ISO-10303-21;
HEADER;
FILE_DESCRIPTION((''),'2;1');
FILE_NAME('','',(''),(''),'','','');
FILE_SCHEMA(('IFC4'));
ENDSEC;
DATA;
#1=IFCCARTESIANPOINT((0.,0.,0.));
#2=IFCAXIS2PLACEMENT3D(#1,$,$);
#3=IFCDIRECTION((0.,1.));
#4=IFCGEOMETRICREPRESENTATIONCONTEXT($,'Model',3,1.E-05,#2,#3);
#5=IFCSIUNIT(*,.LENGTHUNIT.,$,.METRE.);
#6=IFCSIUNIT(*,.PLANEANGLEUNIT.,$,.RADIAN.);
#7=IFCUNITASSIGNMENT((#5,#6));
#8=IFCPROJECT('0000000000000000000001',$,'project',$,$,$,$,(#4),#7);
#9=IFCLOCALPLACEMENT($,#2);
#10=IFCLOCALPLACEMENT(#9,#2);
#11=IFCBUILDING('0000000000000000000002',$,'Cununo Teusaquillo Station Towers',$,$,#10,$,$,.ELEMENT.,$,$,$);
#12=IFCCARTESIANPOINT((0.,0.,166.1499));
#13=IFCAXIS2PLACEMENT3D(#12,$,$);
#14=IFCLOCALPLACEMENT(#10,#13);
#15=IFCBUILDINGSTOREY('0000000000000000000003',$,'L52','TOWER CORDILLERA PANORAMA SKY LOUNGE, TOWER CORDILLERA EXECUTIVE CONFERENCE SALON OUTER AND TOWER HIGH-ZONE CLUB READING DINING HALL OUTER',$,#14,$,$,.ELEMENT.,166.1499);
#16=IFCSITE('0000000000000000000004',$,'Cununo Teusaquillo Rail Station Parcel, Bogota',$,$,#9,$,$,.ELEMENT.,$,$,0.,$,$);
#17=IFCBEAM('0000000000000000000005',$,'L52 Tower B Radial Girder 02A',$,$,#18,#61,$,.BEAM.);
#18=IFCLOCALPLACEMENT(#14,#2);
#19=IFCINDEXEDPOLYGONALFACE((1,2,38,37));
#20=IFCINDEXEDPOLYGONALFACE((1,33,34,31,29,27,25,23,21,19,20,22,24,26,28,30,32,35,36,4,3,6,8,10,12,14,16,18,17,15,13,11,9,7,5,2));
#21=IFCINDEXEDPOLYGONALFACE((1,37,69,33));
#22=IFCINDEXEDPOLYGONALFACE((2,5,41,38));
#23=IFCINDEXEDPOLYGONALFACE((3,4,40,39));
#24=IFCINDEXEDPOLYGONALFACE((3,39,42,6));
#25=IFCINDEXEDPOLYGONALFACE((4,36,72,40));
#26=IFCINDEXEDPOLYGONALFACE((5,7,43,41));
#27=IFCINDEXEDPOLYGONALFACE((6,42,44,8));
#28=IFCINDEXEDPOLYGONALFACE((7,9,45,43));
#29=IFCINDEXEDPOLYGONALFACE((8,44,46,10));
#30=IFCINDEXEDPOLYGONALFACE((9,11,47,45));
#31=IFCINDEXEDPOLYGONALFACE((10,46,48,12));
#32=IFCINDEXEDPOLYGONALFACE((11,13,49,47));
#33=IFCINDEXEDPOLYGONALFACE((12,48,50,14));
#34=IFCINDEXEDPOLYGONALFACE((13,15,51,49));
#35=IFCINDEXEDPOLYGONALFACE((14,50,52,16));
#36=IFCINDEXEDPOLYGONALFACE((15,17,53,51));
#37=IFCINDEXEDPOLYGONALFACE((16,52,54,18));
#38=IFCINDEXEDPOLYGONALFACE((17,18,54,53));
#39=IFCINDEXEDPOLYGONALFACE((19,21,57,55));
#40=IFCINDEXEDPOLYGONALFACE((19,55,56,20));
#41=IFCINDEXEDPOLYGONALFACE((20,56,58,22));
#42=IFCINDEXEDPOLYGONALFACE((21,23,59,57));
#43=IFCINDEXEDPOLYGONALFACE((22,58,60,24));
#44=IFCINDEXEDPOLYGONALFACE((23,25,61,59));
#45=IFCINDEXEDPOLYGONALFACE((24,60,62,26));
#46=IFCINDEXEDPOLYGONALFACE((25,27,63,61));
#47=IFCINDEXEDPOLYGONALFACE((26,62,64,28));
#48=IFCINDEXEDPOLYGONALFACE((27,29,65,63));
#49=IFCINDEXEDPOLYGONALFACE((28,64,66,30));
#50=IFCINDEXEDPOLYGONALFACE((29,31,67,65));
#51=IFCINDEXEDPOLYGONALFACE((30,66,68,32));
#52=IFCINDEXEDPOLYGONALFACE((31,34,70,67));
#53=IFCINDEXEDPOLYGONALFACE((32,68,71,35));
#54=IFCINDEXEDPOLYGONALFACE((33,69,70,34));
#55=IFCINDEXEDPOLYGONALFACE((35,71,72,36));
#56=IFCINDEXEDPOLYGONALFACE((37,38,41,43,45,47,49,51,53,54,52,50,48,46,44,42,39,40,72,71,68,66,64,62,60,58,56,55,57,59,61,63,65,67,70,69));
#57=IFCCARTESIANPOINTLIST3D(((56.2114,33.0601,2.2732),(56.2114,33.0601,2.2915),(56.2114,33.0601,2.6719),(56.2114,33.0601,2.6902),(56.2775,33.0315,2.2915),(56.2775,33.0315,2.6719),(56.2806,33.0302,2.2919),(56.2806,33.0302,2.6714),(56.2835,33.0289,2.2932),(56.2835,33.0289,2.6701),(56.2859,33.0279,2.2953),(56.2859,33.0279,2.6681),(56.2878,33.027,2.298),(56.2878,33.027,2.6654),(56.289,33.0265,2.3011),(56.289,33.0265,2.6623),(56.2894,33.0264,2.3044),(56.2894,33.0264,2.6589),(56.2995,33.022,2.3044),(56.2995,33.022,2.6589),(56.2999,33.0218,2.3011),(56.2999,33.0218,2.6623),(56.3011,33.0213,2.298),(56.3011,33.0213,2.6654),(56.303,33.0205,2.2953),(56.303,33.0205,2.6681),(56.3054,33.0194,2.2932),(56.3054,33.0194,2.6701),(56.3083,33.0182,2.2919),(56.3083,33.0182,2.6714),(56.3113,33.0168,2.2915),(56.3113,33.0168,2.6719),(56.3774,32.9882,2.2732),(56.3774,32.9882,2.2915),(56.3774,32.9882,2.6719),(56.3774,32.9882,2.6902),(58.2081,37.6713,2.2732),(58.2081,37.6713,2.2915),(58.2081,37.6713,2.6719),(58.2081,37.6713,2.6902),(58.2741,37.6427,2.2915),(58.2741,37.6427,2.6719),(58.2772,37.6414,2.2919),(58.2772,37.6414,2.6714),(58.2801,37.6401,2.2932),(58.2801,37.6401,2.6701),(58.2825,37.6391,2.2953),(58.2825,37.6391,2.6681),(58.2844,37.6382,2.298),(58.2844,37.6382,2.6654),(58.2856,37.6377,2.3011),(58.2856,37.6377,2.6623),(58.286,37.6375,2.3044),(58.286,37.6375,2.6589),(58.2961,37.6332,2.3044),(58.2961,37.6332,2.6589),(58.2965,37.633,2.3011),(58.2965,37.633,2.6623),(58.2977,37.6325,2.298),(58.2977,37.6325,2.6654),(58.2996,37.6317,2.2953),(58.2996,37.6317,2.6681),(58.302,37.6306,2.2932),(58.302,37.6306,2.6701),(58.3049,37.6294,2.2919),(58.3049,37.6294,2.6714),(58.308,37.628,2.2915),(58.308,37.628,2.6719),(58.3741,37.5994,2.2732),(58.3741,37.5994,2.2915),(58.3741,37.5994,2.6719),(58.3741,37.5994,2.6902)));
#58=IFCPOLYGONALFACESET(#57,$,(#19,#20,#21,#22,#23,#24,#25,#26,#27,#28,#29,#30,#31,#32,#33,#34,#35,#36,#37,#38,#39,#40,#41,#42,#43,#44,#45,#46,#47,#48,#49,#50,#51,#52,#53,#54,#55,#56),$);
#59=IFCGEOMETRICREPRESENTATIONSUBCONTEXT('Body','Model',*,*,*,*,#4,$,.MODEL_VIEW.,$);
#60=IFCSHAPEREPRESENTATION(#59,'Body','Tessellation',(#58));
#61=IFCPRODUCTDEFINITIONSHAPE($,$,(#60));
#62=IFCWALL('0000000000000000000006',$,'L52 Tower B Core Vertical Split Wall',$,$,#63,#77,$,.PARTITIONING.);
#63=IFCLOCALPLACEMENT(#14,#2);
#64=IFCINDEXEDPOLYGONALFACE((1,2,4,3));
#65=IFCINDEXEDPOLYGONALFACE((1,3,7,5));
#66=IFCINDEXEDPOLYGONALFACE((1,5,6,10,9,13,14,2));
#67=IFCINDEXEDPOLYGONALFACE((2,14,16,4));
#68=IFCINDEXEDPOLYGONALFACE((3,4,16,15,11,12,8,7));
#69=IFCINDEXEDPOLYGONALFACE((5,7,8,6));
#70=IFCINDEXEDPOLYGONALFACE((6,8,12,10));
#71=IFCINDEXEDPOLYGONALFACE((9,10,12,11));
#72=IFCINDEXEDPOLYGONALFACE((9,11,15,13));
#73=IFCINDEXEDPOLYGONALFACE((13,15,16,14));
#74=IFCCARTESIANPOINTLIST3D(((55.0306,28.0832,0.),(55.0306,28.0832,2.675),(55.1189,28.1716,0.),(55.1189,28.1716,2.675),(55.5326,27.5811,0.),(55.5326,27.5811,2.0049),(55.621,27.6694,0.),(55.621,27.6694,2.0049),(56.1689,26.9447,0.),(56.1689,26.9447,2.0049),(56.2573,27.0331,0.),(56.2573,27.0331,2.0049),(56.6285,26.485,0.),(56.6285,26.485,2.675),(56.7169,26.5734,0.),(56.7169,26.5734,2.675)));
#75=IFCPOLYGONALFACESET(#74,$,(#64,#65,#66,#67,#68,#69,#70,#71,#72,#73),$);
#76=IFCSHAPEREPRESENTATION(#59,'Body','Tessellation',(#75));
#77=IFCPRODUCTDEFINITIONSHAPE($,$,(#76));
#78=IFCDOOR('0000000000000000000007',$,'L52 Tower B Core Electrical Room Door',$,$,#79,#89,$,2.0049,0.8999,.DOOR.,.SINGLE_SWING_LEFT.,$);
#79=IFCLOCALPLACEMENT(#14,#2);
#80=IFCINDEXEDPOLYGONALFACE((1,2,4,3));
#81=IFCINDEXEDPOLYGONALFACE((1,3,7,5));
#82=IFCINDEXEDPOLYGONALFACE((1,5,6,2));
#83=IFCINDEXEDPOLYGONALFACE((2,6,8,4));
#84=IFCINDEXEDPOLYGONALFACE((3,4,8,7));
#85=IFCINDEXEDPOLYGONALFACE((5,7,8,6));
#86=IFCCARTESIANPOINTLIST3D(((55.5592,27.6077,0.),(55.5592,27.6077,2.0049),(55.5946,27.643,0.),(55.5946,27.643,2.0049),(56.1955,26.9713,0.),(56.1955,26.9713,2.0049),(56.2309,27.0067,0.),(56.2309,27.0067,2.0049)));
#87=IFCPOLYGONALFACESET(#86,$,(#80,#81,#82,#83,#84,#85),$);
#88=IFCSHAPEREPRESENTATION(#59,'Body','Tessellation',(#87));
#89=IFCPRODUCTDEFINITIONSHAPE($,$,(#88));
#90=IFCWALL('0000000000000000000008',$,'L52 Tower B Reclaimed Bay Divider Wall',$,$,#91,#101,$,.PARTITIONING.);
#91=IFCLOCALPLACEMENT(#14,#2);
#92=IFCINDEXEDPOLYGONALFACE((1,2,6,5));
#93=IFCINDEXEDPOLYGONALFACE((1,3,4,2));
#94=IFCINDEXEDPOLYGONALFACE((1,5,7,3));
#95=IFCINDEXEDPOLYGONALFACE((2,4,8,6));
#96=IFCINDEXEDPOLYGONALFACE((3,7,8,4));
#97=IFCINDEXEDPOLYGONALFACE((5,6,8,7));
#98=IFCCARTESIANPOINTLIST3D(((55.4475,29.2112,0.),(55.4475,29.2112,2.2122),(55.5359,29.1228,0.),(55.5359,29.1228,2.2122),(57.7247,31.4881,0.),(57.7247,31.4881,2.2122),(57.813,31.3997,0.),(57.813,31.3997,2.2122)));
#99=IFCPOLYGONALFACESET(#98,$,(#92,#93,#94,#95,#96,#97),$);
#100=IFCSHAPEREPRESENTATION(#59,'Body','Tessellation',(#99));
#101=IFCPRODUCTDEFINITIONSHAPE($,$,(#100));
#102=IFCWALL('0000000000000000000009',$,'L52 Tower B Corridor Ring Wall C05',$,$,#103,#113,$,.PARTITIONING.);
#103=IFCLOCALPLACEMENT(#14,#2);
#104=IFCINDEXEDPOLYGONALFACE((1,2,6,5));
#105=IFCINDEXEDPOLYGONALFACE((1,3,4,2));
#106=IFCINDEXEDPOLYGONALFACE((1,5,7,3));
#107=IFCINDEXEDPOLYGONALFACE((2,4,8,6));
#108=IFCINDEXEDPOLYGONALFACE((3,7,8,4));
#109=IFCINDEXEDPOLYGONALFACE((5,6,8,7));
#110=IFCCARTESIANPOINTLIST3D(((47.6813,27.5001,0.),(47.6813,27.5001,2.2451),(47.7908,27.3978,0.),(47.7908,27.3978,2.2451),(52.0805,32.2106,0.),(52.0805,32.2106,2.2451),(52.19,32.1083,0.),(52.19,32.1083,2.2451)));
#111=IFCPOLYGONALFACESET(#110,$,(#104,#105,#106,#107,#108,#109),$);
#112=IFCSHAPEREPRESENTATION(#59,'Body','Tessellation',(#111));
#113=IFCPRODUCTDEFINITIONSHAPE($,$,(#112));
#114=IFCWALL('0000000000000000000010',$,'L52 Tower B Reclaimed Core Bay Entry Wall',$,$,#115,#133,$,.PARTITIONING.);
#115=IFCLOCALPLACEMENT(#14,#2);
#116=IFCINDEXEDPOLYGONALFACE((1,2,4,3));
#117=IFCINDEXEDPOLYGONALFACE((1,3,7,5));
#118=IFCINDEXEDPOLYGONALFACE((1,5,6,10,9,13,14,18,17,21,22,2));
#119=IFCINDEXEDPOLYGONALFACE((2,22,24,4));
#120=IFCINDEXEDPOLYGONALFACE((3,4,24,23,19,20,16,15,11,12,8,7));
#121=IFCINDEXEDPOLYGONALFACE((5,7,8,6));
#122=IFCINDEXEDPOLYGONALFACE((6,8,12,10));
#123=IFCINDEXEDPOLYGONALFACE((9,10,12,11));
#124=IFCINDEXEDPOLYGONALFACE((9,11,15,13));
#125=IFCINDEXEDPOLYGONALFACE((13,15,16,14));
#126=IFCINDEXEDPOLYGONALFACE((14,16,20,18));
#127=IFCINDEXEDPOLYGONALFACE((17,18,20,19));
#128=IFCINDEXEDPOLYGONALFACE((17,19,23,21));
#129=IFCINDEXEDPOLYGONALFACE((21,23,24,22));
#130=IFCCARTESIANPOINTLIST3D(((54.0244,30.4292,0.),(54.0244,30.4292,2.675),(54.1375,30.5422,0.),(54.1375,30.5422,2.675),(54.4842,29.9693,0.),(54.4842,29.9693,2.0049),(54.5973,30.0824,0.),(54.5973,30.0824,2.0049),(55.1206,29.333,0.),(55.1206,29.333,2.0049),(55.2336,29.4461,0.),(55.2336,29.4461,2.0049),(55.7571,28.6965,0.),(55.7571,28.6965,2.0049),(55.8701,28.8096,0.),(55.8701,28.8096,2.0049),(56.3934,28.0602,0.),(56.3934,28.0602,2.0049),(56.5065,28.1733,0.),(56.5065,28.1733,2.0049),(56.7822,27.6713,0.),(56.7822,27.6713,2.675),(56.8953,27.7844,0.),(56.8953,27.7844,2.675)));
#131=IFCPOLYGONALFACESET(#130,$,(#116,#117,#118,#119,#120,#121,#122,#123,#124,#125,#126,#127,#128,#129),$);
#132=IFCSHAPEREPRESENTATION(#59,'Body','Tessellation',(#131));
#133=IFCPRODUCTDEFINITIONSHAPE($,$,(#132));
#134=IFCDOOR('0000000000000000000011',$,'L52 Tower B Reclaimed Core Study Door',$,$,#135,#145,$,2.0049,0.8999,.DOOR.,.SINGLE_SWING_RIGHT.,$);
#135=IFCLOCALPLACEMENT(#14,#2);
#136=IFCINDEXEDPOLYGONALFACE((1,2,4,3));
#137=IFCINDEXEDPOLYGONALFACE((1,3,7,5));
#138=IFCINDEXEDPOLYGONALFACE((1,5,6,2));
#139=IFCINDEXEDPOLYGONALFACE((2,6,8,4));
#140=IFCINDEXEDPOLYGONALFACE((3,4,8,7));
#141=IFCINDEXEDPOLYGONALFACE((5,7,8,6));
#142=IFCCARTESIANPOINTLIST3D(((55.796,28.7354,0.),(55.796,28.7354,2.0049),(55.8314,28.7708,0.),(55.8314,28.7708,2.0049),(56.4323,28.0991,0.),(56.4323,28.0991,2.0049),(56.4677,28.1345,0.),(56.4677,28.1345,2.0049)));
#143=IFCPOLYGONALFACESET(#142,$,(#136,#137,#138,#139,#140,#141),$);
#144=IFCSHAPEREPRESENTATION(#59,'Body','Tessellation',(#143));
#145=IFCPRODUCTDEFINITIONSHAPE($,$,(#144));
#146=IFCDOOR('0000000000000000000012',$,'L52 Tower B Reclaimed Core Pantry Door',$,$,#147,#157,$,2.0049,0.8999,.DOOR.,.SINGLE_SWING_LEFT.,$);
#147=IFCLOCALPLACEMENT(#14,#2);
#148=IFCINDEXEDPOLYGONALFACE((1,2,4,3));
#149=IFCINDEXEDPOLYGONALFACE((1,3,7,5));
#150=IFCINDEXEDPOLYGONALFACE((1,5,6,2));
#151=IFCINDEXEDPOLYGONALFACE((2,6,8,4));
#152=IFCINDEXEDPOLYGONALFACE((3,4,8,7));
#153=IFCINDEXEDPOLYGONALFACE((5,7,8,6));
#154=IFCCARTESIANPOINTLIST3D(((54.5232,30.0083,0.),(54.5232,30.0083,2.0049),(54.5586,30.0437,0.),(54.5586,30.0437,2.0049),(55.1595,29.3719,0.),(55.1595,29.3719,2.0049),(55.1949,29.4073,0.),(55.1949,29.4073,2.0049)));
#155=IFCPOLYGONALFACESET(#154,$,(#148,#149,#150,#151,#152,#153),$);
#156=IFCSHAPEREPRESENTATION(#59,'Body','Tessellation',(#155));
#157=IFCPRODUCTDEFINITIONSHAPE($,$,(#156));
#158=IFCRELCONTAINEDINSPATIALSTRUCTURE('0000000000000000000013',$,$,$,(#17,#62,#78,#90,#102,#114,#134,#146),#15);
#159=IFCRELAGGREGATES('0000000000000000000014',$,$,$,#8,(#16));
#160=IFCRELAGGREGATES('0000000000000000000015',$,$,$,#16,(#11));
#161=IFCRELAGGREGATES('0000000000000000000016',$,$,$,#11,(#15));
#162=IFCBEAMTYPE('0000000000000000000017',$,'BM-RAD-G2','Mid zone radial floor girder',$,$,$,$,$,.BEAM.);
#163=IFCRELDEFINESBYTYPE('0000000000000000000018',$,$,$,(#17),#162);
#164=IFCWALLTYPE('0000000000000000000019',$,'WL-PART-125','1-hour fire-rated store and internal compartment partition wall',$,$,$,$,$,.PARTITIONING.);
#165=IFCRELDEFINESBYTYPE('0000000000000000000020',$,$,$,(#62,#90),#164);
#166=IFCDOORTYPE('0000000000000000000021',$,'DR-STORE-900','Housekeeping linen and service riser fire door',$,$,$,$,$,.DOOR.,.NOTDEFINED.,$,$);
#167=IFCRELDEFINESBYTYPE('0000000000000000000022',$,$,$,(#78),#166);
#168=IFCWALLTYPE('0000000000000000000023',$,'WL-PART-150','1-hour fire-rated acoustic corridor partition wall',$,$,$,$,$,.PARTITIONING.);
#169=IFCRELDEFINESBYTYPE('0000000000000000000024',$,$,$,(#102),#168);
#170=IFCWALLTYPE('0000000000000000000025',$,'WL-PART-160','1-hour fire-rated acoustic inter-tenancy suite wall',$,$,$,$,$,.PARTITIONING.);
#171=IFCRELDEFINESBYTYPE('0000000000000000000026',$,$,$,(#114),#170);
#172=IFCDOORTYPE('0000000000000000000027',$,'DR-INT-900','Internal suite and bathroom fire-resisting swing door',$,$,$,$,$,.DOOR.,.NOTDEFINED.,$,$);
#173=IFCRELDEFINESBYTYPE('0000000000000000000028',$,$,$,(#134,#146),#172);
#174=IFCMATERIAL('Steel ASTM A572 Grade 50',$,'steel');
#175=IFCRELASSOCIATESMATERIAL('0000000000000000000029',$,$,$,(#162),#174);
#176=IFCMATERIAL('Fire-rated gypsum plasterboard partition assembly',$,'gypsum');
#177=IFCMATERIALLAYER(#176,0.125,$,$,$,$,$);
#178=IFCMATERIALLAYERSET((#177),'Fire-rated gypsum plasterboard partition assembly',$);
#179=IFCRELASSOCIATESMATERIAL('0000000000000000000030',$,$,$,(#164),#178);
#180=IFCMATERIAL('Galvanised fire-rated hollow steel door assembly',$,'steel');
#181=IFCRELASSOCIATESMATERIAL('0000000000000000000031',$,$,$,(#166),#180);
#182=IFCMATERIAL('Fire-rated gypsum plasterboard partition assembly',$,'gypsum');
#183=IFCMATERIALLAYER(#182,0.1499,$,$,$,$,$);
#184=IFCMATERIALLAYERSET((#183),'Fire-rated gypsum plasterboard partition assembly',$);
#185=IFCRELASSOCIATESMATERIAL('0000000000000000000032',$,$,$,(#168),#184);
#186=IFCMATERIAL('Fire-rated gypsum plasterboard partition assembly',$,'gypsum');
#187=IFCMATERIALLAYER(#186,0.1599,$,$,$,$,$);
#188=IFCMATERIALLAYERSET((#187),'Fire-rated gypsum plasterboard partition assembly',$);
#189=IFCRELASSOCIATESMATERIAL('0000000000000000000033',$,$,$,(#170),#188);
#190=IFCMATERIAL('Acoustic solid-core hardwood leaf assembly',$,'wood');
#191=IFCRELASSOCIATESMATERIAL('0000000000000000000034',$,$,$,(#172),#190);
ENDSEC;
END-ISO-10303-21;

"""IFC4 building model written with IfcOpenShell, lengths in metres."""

from ifc_helpers import new_model, si_unit, direction, frame, frame_2d, origin, origin_2d, place, context, subcontext, project, spatial, rectangle, i_section, extrude, source, transform, mapped, material, layer, layer_set, material_profile, profile_set, type_object, element, fill, save


model = new_model("IFC4")

# Units and contexts
model_context = context("Model", 3, precision=1e-05, world=origin(), true_north=direction((0.0, 1.0)))
body_context = subcontext(model_context, "Body", "Model", "MODEL_VIEW")
ifc_project = project(units=[si_unit("LENGTHUNIT", "METRE"), si_unit("PLANEANGLEUNIT", "RADIAN")], contexts=[model_context])

# Site, building, storey
site_placement = place(None, origin())
site = spatial("IfcSite", under=ifc_project, at=site_placement, Name="Cununo Teusaquillo Rail Station Parcel, Bogota", CompositionType="ELEMENT", RefElevation=0.0)
building_placement = place(site_placement, origin())
building = spatial("IfcBuilding", under=site, at=building_placement, Name="Cununo Teusaquillo Station Towers", CompositionType="ELEMENT")
storey_placement = place(building_placement, frame((0.0, 0.0, 166.1499)))
storey = spatial("IfcBuildingStorey", under=building, at=storey_placement, Name="L52", Description="TOWER CORDILLERA PANORAMA SKY LOUNGE, TOWER CORDILLERA EXECUTIVE CONFERENCE SALON OUTER AND TOWER HIGH-ZONE CLUB READING DINING HALL OUTER", CompositionType="ELEMENT", Elevation=166.1499)

# Beam
ifc_material_1 = material(Name="Steel ASTM A572 Grade 50", Category="steel")
ifc_material_profile_1 = material_profile(ifc_material_1, i_section(OverallWidth=0.1809, OverallDepth=0.417, WebThickness=0.011, FlangeThickness=0.0183, FilletRadius=0.0129, at=origin_2d()), Name="W16X57")
ifc_profile_set_1 = profile_set([ifc_material_profile_1], Name="Steel ASTM A572 Grade 50")
beam_type_1 = type_object("IfcBeamType", Name="BM-RAD-G2", Description="Mid zone radial floor girder", PredefinedType="BEAM", material=ifc_profile_set_1)
beam_1_placement = place(storey_placement, frame((56.2944, 33.0242, 2.4817), z_axis=(0.397347, 0.917668, 0.0), x_axis=(-0.917668, 0.397347, 0.0)))
element("IfcBeam", 1, at=beam_1_placement, inside=storey, type_object=beam_type_1, Name="L52 Tower B Radial Girder 02A", PredefinedType="BEAM", context=body_context, shape_type="SweptSolid", body=[
    extrude(i_section(OverallWidth=0.1809, OverallDepth=0.417, WebThickness=0.011, FlangeThickness=0.0183, FilletRadius=0.0129, at=origin_2d()), origin(), (0.0, 0.0, 1.0), 5.0249),
])

# Wall, opening, door
ifc_material_2 = material(Name="Fire-rated gypsum plasterboard partition assembly", Category="gypsum")
ifc_layer_1 = layer(ifc_material_2, 0.125)
ifc_layer_set_1 = layer_set([ifc_layer_1], Name="Fire-rated gypsum plasterboard partition assembly")
wall_type_1 = type_object("IfcWallType", Name="WL-PART-125", Description="1-hour fire-rated store and internal compartment partition wall", PredefinedType="PARTITIONING", material=ifc_layer_set_1)
wall_1_placement = place(storey_placement, frame((56.6726, 26.5293, 0.0), z_axis=(0.0, 0.0, 1.0), x_axis=(-0.707053, 0.707161, 0.0)))
wall_1 = element("IfcWall", 2, at=wall_1_placement, inside=storey, type_object=wall_type_1, Name="L52 Tower B Core Vertical Split Wall", PredefinedType="PARTITIONING", context=body_context, shape_type="SweptSolid", body=[
    extrude(rectangle(XDim=2.26, YDim=0.125, at=frame_2d((1.1299, 0.0))), origin(), (0.0, 0.0, 1.0), 2.675),
])
shared_shape_1 = source(origin(), body_context, "Body", "SweptSolid", [
    extrude(rectangle(XDim=0.8999, YDim=2.0049, at=frame_2d((0.45, 1.0024))), frame((0.0, 0.0725, 0.0), z_axis=(0.0, -1.0, 0.0), x_axis=(1.0, 0.0, 0.0)), (0.0, 0.0, 1.0), 0.145),
])
opening_1_placement = place(wall_1_placement, frame((0.6499, 0.0, 0.0)))
opening_1 = element("IfcOpeningElement", 3, at=opening_1_placement, cuts=wall_1, PredefinedType="OPENING", context=body_context, shape_type="MappedRepresentation", body=[
    mapped(shared_shape_1, transform((0.0, 0.0, 0.0), x_axis=(1.0, 0.0, 0.0), y_axis=(0.0, 1.0, 0.0), z_axis=(0.0, 0.0, 1.0), scale=1.0)),
])
ifc_material_3 = material(Name="Galvanised fire-rated hollow steel door assembly", Category="steel")
door_type_1 = type_object("IfcDoorType", Name="DR-STORE-900", Description="Housekeeping linen and service riser fire door", OperationType="NOTDEFINED", PredefinedType="DOOR", material=ifc_material_3)
shared_shape_2 = source(origin(), body_context, "Body", "SweptSolid", [
    extrude(rectangle(XDim=0.8999, YDim=2.0049, at=frame_2d((0.45, 1.0024))), frame((0.0, 0.0249, 0.0), z_axis=(0.0, -1.0, 0.0), x_axis=(1.0, 0.0, 0.0)), (0.0, 0.0, 1.0), 0.05),
])
door_1_placement = place(opening_1_placement, origin())
door_1 = element("IfcDoor", 4, at=door_1_placement, inside=storey, type_object=door_type_1, Name="L52 Tower B Core Electrical Room Door", OperationType="SINGLE_SWING_LEFT", OverallHeight=2.0049, OverallWidth=0.8999, PredefinedType="DOOR", context=body_context, shape_type="MappedRepresentation", body=[
    mapped(shared_shape_2, transform((0.0, 0.0, 0.0), x_axis=(1.0, 0.0, 0.0), y_axis=(0.0, 1.0, 0.0), z_axis=(0.0, 0.0, 1.0), scale=1.0)),
])
fill(opening_1, door_1)

# Walls
wall_2_placement = place(storey_placement, frame((55.4917, 29.167, 0.0), z_axis=(0.0, 0.0, 1.0), x_axis=(0.707145, 0.707069, 0.0)))
element("IfcWall", 5, at=wall_2_placement, inside=storey, type_object=wall_type_1, Name="L52 Tower B Reclaimed Bay Divider Wall", PredefinedType="PARTITIONING", context=body_context, shape_type="SweptSolid", body=[
    extrude(rectangle(XDim=3.2202, YDim=0.125, at=frame_2d((1.6101, 0.0))), origin(), (0.0, 0.0, 1.0), 2.2122),
])
ifc_material_4 = material(Name="Fire-rated gypsum plasterboard partition assembly", Category="gypsum")
ifc_layer_2 = layer(ifc_material_4, 0.1499)
ifc_layer_set_2 = layer_set([ifc_layer_2], Name="Fire-rated gypsum plasterboard partition assembly")
wall_type_2 = type_object("IfcWallType", Name="WL-PART-150", Description="1-hour fire-rated acoustic corridor partition wall", PredefinedType="PARTITIONING", material=ifc_layer_set_2)
wall_3_placement = place(storey_placement, frame((52.1353, 32.1594, 0.0), z_axis=(0.0, 0.0, 1.0), x_axis=(-0.682546, -0.730842, 0.0)))
element("IfcWall", 6, at=wall_3_placement, inside=storey, type_object=wall_type_2, Name="L52 Tower B Corridor Ring Wall C05", PredefinedType="PARTITIONING", context=body_context, shape_type="SweptSolid", body=[
    extrude(rectangle(XDim=6.4453, YDim=0.1499, at=frame_2d((3.2227, 0.0))), origin(), (0.0, 0.0, 1.0), 2.2451),
])

# Wall, openings, doors
ifc_material_5 = material(Name="Fire-rated gypsum plasterboard partition assembly", Category="gypsum")
ifc_layer_3 = layer(ifc_material_5, 0.1599)
ifc_layer_set_3 = layer_set([ifc_layer_3], Name="Fire-rated gypsum plasterboard partition assembly")
wall_type_3 = type_object("IfcWallType", Name="WL-PART-160", Description="1-hour fire-rated acoustic inter-tenancy suite wall", PredefinedType="PARTITIONING", material=ifc_layer_set_3)
wall_4_placement = place(storey_placement, frame((56.8389, 27.7278, 0.0), z_axis=(0.0, 0.0, 1.0), x_axis=(-0.707107, 0.707107, 0.0)))
wall_4 = element("IfcWall", 7, at=wall_4_placement, inside=storey, type_object=wall_type_3, Name="L52 Tower B Reclaimed Core Bay Entry Wall", PredefinedType="PARTITIONING", context=body_context, shape_type="SweptSolid", body=[
    extrude(rectangle(XDim=3.9001, YDim=0.1599, at=frame_2d((1.9502, 0.0))), origin(), (0.0, 0.0, 1.0), 2.675),
])
shared_shape_3 = source(origin(), body_context, "Body", "SweptSolid", [
    extrude(rectangle(XDim=0.8999, YDim=2.0049, at=frame_2d((0.45, 1.0024))), frame((0.0, 0.0898, 0.0), z_axis=(0.0, -1.0, 0.0), x_axis=(1.0, 0.0, 0.0)), (0.0, 0.0, 1.0), 0.1799),
])
opening_2_placement = place(wall_4_placement, frame((0.55, 0.0, 0.0)))
opening_2 = element("IfcOpeningElement", 8, at=opening_2_placement, cuts=wall_4, PredefinedType="OPENING", context=body_context, shape_type="MappedRepresentation", body=[
    mapped(shared_shape_3, transform((0.0, 0.0, 0.0), x_axis=(1.0, 0.0, 0.0), y_axis=(0.0, 1.0, 0.0), z_axis=(0.0, 0.0, 1.0), scale=1.0)),
])
opening_3_placement = place(wall_4_placement, frame((2.3501, 0.0, 0.0)))
opening_3 = element("IfcOpeningElement", 9, at=opening_3_placement, cuts=wall_4, PredefinedType="OPENING", context=body_context, shape_type="MappedRepresentation", body=[
    mapped(shared_shape_3, transform((0.0, 0.0, 0.0), x_axis=(1.0, 0.0, 0.0), y_axis=(0.0, 1.0, 0.0), z_axis=(0.0, 0.0, 1.0), scale=1.0)),
])
ifc_material_6 = material(Name="Acoustic solid-core hardwood leaf assembly", Category="wood")
door_type_2 = type_object("IfcDoorType", Name="DR-INT-900", Description="Internal suite and bathroom fire-resisting swing door", OperationType="NOTDEFINED", PredefinedType="DOOR", material=ifc_material_6)
door_2_placement = place(opening_2_placement, origin())
door_2 = element("IfcDoor", 10, at=door_2_placement, inside=storey, type_object=door_type_2, Name="L52 Tower B Reclaimed Core Study Door", OperationType="SINGLE_SWING_RIGHT", OverallHeight=2.0049, OverallWidth=0.8999, PredefinedType="DOOR", context=body_context, shape_type="MappedRepresentation", body=[
    mapped(shared_shape_2, transform((0.0, 0.0, 0.0), x_axis=(1.0, 0.0, 0.0), y_axis=(0.0, 1.0, 0.0), z_axis=(0.0, 0.0, 1.0), scale=1.0)),
])
fill(opening_2, door_2)
door_3_placement = place(opening_3_placement, origin())
door_3 = element("IfcDoor", 11, at=door_3_placement, inside=storey, type_object=door_type_2, Name="L52 Tower B Reclaimed Core Pantry Door", OperationType="SINGLE_SWING_LEFT", OverallHeight=2.0049, OverallWidth=0.8999, PredefinedType="DOOR", context=body_context, shape_type="MappedRepresentation", body=[
    mapped(shared_shape_2, transform((0.0, 0.0, 0.0), x_axis=(1.0, 0.0, 0.0), y_axis=(0.0, 1.0, 0.0), z_axis=(0.0, 0.0, 1.0), scale=1.0)),
])
fill(opening_3, door_3)

save(model, "model.ifc")
